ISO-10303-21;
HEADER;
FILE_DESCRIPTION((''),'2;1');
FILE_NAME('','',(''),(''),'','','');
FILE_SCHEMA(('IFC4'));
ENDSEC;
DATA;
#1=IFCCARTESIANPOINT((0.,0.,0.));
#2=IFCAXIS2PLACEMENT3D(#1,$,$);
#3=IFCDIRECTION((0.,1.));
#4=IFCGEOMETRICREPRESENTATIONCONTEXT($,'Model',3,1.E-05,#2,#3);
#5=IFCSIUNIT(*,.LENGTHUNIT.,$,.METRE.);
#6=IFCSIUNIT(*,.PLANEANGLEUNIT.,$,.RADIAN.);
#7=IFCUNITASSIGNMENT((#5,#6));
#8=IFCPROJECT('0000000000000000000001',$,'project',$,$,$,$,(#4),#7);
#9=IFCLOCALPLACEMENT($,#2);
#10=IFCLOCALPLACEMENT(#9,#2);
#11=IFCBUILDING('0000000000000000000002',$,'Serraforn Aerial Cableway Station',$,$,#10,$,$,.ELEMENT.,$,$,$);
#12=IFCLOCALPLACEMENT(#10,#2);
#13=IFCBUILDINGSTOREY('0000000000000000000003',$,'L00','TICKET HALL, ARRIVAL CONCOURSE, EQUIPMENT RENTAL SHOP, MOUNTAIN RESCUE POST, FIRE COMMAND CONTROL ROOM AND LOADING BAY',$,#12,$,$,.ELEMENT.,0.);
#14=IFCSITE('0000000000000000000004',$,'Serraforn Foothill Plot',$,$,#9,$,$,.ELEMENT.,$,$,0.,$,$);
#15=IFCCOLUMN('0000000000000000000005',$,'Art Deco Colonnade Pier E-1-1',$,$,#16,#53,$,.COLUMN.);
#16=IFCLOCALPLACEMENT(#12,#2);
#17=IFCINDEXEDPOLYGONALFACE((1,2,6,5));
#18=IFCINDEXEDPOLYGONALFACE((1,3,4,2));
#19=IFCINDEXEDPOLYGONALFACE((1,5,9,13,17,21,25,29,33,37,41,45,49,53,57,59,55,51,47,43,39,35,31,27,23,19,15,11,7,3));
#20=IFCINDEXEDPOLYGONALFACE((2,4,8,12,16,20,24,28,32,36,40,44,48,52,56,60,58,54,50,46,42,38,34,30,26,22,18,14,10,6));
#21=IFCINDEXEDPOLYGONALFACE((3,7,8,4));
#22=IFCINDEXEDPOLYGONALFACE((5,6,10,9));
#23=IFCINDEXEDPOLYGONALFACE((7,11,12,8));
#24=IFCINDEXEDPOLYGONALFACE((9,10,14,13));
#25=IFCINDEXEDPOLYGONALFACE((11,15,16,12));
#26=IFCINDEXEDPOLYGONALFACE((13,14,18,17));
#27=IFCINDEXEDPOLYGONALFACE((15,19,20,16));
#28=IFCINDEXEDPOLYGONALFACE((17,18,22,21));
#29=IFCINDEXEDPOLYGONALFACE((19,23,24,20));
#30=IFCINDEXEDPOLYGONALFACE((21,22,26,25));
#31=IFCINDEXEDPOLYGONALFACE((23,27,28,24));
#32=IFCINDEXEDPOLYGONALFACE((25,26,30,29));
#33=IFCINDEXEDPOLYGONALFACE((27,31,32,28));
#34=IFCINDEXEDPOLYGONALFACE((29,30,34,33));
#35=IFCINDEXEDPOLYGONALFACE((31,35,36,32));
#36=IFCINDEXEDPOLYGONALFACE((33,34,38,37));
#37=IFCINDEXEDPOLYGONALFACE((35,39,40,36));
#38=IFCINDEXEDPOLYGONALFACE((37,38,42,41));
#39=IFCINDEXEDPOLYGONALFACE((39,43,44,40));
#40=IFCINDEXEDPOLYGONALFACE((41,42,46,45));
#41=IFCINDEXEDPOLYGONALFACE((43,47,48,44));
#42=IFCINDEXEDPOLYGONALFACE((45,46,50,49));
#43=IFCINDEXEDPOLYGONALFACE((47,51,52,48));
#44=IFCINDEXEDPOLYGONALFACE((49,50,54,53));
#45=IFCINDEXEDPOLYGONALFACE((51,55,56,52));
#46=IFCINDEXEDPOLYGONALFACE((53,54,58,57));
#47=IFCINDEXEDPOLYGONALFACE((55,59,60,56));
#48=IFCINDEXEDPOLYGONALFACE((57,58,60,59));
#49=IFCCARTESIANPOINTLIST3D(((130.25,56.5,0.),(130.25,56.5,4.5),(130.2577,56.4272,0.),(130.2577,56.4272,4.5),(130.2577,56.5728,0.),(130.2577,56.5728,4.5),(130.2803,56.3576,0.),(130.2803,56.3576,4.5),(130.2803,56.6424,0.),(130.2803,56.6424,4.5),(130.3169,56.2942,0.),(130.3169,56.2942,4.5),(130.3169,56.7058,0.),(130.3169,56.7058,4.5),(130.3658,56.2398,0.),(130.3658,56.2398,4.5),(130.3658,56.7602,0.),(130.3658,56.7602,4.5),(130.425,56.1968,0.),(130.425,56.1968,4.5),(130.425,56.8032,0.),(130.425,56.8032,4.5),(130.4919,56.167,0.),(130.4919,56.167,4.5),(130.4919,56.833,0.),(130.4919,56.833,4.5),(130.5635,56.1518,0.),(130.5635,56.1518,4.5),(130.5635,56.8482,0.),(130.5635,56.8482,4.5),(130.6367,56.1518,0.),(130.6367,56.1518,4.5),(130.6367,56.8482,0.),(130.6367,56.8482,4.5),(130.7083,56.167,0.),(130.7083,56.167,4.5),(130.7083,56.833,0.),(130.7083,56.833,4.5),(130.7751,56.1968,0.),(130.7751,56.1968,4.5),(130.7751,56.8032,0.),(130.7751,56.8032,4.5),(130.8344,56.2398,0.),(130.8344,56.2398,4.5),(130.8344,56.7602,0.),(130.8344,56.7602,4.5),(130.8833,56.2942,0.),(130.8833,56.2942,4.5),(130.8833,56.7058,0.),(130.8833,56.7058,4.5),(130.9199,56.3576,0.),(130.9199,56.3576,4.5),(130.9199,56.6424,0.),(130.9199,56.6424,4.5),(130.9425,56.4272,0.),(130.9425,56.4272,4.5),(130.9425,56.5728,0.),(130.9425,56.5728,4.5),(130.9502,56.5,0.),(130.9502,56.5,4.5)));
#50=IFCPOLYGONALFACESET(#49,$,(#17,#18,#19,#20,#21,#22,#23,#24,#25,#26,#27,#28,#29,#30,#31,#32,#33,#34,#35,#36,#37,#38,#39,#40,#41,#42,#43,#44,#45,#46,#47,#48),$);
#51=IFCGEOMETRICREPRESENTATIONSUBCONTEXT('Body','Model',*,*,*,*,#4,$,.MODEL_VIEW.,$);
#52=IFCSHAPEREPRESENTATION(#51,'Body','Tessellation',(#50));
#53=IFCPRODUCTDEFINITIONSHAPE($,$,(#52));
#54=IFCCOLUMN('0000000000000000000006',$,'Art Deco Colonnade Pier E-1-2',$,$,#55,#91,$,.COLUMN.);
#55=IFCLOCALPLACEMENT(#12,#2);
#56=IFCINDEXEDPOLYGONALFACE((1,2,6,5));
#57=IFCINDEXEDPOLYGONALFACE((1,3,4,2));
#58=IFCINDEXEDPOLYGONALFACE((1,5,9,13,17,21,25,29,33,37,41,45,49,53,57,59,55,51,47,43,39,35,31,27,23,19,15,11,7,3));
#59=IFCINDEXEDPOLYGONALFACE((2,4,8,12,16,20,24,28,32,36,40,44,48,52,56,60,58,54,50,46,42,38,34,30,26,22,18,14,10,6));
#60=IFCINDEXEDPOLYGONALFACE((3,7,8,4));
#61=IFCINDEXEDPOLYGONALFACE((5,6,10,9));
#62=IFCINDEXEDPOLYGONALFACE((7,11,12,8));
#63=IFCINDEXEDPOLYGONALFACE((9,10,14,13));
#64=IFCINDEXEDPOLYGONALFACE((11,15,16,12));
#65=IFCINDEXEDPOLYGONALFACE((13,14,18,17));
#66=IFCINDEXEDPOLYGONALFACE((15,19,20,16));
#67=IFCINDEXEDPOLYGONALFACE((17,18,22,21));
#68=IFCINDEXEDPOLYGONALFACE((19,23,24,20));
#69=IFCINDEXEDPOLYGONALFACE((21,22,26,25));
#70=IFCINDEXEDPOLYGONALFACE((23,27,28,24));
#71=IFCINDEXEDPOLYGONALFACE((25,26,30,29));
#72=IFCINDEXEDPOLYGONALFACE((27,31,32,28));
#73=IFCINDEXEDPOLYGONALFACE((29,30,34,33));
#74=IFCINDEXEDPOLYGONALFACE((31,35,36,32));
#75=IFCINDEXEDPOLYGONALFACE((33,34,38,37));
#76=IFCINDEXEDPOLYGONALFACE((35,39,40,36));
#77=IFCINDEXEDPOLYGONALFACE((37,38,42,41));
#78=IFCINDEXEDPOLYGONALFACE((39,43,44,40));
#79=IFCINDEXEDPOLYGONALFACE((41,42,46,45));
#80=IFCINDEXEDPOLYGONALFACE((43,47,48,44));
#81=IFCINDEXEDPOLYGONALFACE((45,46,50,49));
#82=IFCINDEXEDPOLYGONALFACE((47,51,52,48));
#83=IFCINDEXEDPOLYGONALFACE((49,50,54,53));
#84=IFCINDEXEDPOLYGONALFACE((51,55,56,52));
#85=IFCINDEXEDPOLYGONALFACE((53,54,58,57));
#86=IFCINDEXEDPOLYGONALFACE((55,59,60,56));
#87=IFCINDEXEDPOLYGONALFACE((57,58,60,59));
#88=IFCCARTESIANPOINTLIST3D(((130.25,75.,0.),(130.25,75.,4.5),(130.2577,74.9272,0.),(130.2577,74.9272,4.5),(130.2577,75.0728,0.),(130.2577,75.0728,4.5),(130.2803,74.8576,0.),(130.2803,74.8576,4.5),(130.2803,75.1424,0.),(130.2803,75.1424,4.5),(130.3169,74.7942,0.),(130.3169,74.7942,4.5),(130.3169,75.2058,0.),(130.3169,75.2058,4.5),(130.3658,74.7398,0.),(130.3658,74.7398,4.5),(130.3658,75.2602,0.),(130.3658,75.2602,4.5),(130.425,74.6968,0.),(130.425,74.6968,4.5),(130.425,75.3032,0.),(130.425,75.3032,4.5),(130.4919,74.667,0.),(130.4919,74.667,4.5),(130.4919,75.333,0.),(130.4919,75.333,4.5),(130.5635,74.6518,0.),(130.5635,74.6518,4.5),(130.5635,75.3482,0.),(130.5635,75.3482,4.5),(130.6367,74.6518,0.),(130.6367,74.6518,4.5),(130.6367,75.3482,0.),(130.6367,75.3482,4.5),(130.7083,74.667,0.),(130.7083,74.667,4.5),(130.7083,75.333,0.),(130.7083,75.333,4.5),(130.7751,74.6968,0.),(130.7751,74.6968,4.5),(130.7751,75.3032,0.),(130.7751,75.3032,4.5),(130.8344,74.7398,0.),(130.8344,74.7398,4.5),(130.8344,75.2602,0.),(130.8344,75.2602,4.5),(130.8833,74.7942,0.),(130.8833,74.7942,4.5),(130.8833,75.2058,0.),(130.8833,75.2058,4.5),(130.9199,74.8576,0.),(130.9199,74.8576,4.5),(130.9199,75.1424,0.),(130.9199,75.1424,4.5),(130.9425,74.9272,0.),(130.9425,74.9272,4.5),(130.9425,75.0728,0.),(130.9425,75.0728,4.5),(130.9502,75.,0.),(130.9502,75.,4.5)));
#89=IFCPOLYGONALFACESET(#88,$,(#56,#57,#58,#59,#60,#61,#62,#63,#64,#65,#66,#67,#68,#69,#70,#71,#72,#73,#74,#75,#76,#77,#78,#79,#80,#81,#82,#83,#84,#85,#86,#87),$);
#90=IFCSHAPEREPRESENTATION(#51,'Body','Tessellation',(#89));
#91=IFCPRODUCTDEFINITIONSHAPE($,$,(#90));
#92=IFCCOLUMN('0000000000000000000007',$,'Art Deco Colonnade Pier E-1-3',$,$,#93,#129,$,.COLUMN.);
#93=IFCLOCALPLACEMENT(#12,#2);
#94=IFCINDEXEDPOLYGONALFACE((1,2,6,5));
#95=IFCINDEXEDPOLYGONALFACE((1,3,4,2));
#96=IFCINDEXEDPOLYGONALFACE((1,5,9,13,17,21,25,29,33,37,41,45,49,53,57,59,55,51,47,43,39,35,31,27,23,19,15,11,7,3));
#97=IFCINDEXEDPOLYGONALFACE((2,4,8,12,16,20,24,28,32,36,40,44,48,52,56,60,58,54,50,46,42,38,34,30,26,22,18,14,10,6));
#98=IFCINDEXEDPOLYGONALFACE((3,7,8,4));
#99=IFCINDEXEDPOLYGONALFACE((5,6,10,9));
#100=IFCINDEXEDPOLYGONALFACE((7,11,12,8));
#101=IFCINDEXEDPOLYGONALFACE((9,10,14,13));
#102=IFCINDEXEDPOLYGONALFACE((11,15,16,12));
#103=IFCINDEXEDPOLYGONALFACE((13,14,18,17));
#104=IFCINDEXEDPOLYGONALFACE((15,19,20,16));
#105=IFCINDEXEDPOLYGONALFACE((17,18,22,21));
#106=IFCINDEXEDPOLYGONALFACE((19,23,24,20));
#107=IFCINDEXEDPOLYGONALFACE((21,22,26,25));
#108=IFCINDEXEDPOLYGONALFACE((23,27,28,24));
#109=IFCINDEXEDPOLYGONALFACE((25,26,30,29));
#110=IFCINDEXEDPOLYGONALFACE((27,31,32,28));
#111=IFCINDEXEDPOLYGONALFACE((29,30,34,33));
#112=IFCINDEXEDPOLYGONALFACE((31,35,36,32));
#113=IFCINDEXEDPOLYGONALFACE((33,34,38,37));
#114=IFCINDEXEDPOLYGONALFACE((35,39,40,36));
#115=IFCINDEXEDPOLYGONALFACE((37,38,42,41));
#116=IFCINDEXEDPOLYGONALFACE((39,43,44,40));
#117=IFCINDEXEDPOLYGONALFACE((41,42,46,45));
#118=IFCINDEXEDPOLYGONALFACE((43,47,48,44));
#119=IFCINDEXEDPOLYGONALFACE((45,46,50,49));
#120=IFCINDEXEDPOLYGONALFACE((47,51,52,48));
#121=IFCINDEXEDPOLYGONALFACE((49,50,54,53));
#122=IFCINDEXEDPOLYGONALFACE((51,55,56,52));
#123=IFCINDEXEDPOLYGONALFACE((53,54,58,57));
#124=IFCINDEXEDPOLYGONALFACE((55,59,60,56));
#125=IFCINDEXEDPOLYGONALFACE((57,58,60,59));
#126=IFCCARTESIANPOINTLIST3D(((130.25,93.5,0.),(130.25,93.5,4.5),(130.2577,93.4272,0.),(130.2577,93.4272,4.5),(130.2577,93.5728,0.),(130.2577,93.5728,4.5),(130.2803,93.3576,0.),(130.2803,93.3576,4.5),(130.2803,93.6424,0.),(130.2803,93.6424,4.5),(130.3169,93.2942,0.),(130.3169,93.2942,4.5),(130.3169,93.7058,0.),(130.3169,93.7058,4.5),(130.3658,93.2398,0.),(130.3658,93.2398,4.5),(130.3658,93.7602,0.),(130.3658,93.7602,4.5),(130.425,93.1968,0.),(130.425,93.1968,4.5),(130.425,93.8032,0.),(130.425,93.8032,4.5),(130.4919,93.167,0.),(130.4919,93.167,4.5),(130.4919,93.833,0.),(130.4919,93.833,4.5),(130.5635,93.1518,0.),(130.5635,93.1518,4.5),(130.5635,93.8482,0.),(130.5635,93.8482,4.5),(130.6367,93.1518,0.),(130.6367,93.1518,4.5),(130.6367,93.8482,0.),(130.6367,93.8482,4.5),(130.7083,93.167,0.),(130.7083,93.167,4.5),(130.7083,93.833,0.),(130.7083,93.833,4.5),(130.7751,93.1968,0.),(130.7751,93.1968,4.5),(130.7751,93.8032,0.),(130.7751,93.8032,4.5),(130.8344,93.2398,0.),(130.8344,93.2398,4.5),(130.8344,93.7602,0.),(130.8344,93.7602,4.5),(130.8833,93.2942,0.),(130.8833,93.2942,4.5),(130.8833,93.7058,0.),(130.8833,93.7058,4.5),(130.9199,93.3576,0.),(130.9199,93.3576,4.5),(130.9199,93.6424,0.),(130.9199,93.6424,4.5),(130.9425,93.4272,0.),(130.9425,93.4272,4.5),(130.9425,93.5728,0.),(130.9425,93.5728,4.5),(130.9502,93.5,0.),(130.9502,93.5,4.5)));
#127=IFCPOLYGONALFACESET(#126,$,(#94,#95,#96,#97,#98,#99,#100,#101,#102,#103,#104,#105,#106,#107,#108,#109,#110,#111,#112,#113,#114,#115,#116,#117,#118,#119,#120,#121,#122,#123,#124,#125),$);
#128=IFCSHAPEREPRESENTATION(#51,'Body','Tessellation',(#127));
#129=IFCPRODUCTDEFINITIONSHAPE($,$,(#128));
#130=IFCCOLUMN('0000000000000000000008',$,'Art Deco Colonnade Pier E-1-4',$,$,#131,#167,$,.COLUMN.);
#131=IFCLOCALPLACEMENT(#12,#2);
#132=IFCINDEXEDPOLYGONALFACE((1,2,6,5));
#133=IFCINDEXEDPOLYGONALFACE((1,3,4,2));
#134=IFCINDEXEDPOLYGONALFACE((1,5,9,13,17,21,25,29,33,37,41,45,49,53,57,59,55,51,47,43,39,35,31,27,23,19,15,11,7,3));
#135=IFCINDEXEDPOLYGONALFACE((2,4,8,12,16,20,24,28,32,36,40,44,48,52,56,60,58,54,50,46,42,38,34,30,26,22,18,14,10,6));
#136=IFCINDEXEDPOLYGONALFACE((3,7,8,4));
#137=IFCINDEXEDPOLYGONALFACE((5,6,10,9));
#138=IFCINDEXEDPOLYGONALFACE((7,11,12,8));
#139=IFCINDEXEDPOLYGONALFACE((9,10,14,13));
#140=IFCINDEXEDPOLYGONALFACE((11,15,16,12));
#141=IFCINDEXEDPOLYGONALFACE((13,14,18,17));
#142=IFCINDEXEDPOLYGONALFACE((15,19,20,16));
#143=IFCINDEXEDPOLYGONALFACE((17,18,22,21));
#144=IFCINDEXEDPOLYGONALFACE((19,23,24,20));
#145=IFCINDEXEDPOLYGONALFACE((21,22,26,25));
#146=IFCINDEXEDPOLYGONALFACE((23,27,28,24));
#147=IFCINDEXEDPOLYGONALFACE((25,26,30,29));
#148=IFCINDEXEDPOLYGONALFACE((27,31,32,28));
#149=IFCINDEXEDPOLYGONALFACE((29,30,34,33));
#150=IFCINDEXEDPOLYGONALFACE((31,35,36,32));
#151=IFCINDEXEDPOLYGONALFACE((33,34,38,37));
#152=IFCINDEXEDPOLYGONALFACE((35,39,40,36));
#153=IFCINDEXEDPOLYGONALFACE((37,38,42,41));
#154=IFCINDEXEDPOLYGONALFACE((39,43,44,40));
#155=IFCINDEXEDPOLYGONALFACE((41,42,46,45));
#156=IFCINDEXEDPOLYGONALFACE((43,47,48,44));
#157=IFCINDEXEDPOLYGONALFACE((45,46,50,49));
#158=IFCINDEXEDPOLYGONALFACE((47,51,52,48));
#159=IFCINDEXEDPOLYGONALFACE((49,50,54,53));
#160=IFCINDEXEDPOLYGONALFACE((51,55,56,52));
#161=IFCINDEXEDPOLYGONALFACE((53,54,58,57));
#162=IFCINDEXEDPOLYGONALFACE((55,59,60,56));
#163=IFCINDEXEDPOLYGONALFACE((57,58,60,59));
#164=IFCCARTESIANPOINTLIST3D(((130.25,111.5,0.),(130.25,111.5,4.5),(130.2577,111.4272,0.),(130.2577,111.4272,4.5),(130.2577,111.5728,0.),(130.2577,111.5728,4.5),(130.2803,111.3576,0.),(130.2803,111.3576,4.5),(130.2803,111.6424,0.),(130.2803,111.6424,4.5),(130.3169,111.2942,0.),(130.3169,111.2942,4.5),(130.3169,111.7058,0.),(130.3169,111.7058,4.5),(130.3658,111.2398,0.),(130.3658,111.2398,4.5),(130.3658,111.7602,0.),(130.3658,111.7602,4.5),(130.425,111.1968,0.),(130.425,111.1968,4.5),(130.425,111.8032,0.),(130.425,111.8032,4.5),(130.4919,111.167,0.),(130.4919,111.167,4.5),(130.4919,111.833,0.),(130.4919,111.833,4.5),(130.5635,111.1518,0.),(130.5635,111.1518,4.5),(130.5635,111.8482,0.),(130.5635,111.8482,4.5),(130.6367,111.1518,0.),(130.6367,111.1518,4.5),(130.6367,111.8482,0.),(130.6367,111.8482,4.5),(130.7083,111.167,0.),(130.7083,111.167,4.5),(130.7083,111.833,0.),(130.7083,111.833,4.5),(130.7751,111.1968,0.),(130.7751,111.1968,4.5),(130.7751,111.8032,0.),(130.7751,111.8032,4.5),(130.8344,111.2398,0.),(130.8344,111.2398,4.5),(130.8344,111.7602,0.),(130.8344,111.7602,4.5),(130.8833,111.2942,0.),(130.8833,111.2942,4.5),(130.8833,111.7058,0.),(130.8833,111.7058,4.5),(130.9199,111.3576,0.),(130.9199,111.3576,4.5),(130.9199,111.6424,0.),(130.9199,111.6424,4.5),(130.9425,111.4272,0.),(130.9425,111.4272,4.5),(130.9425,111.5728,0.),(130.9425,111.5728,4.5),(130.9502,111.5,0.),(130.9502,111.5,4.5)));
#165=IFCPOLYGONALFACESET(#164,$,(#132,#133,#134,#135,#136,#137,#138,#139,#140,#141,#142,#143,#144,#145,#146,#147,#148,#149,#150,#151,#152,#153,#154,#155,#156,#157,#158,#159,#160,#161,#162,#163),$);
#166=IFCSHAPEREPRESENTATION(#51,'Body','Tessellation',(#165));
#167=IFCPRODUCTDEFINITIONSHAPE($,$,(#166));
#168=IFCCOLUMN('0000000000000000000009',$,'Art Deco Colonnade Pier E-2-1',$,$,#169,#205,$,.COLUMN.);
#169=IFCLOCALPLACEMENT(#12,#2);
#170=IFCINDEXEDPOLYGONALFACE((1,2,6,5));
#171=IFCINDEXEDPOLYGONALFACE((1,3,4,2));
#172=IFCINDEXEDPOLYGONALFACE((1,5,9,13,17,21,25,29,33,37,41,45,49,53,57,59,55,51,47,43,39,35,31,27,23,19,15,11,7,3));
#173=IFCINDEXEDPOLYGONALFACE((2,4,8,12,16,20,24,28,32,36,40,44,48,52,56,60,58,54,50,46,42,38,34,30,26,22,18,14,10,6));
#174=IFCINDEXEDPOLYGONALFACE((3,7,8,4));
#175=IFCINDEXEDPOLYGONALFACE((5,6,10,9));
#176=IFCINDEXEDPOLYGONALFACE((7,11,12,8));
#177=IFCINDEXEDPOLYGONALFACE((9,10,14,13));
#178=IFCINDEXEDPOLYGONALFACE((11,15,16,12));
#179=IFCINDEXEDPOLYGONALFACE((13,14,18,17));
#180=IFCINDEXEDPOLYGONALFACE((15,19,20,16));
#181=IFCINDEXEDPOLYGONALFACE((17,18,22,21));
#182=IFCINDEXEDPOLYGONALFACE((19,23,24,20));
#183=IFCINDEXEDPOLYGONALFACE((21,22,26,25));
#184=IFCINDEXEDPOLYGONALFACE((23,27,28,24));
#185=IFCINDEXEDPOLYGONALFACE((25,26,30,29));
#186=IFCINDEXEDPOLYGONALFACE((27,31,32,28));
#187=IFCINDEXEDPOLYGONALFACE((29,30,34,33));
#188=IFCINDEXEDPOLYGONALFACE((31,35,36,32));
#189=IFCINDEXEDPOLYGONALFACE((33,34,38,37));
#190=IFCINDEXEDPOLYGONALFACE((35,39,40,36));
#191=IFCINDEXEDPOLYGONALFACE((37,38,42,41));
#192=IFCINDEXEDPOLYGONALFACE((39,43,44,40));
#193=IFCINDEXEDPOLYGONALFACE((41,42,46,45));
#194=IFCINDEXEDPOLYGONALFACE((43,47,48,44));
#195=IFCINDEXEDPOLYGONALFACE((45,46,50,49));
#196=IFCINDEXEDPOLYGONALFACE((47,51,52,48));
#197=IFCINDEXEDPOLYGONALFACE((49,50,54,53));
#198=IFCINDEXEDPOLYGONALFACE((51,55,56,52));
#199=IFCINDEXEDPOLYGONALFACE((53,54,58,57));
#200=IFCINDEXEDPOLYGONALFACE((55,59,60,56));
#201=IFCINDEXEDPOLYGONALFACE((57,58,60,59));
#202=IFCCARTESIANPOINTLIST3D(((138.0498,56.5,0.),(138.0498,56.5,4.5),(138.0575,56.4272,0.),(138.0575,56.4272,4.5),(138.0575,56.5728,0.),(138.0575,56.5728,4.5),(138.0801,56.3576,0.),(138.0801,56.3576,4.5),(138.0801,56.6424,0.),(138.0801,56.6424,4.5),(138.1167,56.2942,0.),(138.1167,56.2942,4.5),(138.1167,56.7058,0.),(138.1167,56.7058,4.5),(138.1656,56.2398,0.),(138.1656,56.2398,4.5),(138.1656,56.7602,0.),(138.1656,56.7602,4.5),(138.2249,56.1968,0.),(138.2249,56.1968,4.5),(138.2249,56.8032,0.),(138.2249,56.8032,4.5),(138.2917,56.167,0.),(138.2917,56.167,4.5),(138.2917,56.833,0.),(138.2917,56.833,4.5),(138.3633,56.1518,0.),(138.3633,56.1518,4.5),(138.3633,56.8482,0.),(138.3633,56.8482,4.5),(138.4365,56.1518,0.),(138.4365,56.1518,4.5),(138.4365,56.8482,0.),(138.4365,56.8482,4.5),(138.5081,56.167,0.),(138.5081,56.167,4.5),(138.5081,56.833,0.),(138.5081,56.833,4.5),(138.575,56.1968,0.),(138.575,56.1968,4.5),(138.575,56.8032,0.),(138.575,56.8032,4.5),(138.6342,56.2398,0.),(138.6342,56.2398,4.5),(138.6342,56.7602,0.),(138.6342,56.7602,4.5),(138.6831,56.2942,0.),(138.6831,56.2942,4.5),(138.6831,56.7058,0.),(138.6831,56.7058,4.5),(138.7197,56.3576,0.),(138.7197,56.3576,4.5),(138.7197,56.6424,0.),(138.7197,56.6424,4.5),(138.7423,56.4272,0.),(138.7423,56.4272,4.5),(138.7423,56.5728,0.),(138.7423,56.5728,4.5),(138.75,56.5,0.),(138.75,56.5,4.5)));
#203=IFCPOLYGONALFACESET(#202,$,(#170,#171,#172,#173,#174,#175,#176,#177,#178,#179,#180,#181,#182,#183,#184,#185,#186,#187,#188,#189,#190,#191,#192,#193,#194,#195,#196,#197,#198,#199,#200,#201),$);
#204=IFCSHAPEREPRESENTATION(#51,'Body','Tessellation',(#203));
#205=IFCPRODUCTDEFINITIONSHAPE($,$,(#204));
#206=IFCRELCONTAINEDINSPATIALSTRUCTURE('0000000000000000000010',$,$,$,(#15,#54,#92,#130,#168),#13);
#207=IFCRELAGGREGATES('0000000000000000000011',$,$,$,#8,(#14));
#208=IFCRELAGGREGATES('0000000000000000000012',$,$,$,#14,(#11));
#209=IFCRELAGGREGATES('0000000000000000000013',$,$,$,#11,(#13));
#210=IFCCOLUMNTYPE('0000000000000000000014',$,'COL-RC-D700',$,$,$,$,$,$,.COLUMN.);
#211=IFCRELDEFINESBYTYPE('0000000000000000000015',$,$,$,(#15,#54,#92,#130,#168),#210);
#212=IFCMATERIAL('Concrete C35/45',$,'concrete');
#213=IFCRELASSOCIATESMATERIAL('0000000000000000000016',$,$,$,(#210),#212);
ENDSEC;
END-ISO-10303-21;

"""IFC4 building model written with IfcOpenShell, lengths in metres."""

from ifc_helpers import new_model, si_unit, direction, frame, origin, origin_2d, place, context, subcontext, project, spatial, circle, extrude, material, material_profile, profile_set, type_object, element, save


model = new_model("IFC4")

# Units and contexts
model_context = context("Model", 3, precision=1e-05, world=origin(), true_north=direction((0.0, 1.0)))
body_context = subcontext(model_context, "Body", "Model", "MODEL_VIEW")
ifc_project = project(units=[si_unit("LENGTHUNIT", "METRE"), si_unit("PLANEANGLEUNIT", "RADIAN")], contexts=[model_context])

# Site, building, storey
site_placement = place(None, origin())
site = spatial("IfcSite", under=ifc_project, at=site_placement, Name="Serraforn Foothill Plot", CompositionType="ELEMENT", RefElevation=0.0)
building_placement = place(site_placement, origin())
building = spatial("IfcBuilding", under=site, at=building_placement, Name="Serraforn Aerial Cableway Station", CompositionType="ELEMENT")
storey_placement = place(building_placement, origin())
storey = spatial("IfcBuildingStorey", under=building, at=storey_placement, Name="L00", Description="TICKET HALL, ARRIVAL CONCOURSE, EQUIPMENT RENTAL SHOP, MOUNTAIN RESCUE POST, FIRE COMMAND CONTROL ROOM AND LOADING BAY", CompositionType="ELEMENT", Elevation=0.0)

# Shared definitions
ifc_material = material(Name="Concrete C35/45", Category="concrete")

# Columns
ifc_material_profile = material_profile(ifc_material, circle(Radius=0.3501, at=origin_2d()), Name="RC D700")
ifc_profile_set = profile_set([ifc_material_profile], Name="Concrete C35/45")
column_type = type_object("IfcColumnType", Name="COL-RC-D700", PredefinedType="COLUMN", material=ifc_profile_set)
for number, where, z_axis, x_axis, name in (
    (1, (130.6001, 56.5, 0.0), (0.0, 0.0, 1.0), (1.0, 0.0, 0.0), "Art Deco Colonnade Pier E-1-1"),
    (2, (130.6001, 75.0, 0.0), (0.0, 0.0, 1.0), (1.0, 0.0, 0.0), "Art Deco Colonnade Pier E-1-2"),
    (3, (130.6001, 93.5, 0.0), (0.0, 0.0, 1.0), (1.0, 0.0, 0.0), "Art Deco Colonnade Pier E-1-3"),
    (4, (130.6001, 111.5, 0.0), (0.0, 0.0, 1.0), (1.0, 0.0, 0.0), "Art Deco Colonnade Pier E-1-4"),
    (5, (138.3999, 56.5, 0.0), (0.0, 0.0, 1.0), (1.0, 0.0, 0.0), "Art Deco Colonnade Pier E-2-1"),
):
    element("IfcColumn", number, at=place(storey_placement, frame(where, z_axis=z_axis, x_axis=x_axis)), inside=storey, type_object=column_type, Name=name, PredefinedType="COLUMN", context=body_context, shape_type="SweptSolid", body=[
        extrude(circle(Radius=0.3501, at=origin_2d()), origin(), (0.0, 0.0, 1.0), 4.5),
    ])

save(model, "model.ifc")
